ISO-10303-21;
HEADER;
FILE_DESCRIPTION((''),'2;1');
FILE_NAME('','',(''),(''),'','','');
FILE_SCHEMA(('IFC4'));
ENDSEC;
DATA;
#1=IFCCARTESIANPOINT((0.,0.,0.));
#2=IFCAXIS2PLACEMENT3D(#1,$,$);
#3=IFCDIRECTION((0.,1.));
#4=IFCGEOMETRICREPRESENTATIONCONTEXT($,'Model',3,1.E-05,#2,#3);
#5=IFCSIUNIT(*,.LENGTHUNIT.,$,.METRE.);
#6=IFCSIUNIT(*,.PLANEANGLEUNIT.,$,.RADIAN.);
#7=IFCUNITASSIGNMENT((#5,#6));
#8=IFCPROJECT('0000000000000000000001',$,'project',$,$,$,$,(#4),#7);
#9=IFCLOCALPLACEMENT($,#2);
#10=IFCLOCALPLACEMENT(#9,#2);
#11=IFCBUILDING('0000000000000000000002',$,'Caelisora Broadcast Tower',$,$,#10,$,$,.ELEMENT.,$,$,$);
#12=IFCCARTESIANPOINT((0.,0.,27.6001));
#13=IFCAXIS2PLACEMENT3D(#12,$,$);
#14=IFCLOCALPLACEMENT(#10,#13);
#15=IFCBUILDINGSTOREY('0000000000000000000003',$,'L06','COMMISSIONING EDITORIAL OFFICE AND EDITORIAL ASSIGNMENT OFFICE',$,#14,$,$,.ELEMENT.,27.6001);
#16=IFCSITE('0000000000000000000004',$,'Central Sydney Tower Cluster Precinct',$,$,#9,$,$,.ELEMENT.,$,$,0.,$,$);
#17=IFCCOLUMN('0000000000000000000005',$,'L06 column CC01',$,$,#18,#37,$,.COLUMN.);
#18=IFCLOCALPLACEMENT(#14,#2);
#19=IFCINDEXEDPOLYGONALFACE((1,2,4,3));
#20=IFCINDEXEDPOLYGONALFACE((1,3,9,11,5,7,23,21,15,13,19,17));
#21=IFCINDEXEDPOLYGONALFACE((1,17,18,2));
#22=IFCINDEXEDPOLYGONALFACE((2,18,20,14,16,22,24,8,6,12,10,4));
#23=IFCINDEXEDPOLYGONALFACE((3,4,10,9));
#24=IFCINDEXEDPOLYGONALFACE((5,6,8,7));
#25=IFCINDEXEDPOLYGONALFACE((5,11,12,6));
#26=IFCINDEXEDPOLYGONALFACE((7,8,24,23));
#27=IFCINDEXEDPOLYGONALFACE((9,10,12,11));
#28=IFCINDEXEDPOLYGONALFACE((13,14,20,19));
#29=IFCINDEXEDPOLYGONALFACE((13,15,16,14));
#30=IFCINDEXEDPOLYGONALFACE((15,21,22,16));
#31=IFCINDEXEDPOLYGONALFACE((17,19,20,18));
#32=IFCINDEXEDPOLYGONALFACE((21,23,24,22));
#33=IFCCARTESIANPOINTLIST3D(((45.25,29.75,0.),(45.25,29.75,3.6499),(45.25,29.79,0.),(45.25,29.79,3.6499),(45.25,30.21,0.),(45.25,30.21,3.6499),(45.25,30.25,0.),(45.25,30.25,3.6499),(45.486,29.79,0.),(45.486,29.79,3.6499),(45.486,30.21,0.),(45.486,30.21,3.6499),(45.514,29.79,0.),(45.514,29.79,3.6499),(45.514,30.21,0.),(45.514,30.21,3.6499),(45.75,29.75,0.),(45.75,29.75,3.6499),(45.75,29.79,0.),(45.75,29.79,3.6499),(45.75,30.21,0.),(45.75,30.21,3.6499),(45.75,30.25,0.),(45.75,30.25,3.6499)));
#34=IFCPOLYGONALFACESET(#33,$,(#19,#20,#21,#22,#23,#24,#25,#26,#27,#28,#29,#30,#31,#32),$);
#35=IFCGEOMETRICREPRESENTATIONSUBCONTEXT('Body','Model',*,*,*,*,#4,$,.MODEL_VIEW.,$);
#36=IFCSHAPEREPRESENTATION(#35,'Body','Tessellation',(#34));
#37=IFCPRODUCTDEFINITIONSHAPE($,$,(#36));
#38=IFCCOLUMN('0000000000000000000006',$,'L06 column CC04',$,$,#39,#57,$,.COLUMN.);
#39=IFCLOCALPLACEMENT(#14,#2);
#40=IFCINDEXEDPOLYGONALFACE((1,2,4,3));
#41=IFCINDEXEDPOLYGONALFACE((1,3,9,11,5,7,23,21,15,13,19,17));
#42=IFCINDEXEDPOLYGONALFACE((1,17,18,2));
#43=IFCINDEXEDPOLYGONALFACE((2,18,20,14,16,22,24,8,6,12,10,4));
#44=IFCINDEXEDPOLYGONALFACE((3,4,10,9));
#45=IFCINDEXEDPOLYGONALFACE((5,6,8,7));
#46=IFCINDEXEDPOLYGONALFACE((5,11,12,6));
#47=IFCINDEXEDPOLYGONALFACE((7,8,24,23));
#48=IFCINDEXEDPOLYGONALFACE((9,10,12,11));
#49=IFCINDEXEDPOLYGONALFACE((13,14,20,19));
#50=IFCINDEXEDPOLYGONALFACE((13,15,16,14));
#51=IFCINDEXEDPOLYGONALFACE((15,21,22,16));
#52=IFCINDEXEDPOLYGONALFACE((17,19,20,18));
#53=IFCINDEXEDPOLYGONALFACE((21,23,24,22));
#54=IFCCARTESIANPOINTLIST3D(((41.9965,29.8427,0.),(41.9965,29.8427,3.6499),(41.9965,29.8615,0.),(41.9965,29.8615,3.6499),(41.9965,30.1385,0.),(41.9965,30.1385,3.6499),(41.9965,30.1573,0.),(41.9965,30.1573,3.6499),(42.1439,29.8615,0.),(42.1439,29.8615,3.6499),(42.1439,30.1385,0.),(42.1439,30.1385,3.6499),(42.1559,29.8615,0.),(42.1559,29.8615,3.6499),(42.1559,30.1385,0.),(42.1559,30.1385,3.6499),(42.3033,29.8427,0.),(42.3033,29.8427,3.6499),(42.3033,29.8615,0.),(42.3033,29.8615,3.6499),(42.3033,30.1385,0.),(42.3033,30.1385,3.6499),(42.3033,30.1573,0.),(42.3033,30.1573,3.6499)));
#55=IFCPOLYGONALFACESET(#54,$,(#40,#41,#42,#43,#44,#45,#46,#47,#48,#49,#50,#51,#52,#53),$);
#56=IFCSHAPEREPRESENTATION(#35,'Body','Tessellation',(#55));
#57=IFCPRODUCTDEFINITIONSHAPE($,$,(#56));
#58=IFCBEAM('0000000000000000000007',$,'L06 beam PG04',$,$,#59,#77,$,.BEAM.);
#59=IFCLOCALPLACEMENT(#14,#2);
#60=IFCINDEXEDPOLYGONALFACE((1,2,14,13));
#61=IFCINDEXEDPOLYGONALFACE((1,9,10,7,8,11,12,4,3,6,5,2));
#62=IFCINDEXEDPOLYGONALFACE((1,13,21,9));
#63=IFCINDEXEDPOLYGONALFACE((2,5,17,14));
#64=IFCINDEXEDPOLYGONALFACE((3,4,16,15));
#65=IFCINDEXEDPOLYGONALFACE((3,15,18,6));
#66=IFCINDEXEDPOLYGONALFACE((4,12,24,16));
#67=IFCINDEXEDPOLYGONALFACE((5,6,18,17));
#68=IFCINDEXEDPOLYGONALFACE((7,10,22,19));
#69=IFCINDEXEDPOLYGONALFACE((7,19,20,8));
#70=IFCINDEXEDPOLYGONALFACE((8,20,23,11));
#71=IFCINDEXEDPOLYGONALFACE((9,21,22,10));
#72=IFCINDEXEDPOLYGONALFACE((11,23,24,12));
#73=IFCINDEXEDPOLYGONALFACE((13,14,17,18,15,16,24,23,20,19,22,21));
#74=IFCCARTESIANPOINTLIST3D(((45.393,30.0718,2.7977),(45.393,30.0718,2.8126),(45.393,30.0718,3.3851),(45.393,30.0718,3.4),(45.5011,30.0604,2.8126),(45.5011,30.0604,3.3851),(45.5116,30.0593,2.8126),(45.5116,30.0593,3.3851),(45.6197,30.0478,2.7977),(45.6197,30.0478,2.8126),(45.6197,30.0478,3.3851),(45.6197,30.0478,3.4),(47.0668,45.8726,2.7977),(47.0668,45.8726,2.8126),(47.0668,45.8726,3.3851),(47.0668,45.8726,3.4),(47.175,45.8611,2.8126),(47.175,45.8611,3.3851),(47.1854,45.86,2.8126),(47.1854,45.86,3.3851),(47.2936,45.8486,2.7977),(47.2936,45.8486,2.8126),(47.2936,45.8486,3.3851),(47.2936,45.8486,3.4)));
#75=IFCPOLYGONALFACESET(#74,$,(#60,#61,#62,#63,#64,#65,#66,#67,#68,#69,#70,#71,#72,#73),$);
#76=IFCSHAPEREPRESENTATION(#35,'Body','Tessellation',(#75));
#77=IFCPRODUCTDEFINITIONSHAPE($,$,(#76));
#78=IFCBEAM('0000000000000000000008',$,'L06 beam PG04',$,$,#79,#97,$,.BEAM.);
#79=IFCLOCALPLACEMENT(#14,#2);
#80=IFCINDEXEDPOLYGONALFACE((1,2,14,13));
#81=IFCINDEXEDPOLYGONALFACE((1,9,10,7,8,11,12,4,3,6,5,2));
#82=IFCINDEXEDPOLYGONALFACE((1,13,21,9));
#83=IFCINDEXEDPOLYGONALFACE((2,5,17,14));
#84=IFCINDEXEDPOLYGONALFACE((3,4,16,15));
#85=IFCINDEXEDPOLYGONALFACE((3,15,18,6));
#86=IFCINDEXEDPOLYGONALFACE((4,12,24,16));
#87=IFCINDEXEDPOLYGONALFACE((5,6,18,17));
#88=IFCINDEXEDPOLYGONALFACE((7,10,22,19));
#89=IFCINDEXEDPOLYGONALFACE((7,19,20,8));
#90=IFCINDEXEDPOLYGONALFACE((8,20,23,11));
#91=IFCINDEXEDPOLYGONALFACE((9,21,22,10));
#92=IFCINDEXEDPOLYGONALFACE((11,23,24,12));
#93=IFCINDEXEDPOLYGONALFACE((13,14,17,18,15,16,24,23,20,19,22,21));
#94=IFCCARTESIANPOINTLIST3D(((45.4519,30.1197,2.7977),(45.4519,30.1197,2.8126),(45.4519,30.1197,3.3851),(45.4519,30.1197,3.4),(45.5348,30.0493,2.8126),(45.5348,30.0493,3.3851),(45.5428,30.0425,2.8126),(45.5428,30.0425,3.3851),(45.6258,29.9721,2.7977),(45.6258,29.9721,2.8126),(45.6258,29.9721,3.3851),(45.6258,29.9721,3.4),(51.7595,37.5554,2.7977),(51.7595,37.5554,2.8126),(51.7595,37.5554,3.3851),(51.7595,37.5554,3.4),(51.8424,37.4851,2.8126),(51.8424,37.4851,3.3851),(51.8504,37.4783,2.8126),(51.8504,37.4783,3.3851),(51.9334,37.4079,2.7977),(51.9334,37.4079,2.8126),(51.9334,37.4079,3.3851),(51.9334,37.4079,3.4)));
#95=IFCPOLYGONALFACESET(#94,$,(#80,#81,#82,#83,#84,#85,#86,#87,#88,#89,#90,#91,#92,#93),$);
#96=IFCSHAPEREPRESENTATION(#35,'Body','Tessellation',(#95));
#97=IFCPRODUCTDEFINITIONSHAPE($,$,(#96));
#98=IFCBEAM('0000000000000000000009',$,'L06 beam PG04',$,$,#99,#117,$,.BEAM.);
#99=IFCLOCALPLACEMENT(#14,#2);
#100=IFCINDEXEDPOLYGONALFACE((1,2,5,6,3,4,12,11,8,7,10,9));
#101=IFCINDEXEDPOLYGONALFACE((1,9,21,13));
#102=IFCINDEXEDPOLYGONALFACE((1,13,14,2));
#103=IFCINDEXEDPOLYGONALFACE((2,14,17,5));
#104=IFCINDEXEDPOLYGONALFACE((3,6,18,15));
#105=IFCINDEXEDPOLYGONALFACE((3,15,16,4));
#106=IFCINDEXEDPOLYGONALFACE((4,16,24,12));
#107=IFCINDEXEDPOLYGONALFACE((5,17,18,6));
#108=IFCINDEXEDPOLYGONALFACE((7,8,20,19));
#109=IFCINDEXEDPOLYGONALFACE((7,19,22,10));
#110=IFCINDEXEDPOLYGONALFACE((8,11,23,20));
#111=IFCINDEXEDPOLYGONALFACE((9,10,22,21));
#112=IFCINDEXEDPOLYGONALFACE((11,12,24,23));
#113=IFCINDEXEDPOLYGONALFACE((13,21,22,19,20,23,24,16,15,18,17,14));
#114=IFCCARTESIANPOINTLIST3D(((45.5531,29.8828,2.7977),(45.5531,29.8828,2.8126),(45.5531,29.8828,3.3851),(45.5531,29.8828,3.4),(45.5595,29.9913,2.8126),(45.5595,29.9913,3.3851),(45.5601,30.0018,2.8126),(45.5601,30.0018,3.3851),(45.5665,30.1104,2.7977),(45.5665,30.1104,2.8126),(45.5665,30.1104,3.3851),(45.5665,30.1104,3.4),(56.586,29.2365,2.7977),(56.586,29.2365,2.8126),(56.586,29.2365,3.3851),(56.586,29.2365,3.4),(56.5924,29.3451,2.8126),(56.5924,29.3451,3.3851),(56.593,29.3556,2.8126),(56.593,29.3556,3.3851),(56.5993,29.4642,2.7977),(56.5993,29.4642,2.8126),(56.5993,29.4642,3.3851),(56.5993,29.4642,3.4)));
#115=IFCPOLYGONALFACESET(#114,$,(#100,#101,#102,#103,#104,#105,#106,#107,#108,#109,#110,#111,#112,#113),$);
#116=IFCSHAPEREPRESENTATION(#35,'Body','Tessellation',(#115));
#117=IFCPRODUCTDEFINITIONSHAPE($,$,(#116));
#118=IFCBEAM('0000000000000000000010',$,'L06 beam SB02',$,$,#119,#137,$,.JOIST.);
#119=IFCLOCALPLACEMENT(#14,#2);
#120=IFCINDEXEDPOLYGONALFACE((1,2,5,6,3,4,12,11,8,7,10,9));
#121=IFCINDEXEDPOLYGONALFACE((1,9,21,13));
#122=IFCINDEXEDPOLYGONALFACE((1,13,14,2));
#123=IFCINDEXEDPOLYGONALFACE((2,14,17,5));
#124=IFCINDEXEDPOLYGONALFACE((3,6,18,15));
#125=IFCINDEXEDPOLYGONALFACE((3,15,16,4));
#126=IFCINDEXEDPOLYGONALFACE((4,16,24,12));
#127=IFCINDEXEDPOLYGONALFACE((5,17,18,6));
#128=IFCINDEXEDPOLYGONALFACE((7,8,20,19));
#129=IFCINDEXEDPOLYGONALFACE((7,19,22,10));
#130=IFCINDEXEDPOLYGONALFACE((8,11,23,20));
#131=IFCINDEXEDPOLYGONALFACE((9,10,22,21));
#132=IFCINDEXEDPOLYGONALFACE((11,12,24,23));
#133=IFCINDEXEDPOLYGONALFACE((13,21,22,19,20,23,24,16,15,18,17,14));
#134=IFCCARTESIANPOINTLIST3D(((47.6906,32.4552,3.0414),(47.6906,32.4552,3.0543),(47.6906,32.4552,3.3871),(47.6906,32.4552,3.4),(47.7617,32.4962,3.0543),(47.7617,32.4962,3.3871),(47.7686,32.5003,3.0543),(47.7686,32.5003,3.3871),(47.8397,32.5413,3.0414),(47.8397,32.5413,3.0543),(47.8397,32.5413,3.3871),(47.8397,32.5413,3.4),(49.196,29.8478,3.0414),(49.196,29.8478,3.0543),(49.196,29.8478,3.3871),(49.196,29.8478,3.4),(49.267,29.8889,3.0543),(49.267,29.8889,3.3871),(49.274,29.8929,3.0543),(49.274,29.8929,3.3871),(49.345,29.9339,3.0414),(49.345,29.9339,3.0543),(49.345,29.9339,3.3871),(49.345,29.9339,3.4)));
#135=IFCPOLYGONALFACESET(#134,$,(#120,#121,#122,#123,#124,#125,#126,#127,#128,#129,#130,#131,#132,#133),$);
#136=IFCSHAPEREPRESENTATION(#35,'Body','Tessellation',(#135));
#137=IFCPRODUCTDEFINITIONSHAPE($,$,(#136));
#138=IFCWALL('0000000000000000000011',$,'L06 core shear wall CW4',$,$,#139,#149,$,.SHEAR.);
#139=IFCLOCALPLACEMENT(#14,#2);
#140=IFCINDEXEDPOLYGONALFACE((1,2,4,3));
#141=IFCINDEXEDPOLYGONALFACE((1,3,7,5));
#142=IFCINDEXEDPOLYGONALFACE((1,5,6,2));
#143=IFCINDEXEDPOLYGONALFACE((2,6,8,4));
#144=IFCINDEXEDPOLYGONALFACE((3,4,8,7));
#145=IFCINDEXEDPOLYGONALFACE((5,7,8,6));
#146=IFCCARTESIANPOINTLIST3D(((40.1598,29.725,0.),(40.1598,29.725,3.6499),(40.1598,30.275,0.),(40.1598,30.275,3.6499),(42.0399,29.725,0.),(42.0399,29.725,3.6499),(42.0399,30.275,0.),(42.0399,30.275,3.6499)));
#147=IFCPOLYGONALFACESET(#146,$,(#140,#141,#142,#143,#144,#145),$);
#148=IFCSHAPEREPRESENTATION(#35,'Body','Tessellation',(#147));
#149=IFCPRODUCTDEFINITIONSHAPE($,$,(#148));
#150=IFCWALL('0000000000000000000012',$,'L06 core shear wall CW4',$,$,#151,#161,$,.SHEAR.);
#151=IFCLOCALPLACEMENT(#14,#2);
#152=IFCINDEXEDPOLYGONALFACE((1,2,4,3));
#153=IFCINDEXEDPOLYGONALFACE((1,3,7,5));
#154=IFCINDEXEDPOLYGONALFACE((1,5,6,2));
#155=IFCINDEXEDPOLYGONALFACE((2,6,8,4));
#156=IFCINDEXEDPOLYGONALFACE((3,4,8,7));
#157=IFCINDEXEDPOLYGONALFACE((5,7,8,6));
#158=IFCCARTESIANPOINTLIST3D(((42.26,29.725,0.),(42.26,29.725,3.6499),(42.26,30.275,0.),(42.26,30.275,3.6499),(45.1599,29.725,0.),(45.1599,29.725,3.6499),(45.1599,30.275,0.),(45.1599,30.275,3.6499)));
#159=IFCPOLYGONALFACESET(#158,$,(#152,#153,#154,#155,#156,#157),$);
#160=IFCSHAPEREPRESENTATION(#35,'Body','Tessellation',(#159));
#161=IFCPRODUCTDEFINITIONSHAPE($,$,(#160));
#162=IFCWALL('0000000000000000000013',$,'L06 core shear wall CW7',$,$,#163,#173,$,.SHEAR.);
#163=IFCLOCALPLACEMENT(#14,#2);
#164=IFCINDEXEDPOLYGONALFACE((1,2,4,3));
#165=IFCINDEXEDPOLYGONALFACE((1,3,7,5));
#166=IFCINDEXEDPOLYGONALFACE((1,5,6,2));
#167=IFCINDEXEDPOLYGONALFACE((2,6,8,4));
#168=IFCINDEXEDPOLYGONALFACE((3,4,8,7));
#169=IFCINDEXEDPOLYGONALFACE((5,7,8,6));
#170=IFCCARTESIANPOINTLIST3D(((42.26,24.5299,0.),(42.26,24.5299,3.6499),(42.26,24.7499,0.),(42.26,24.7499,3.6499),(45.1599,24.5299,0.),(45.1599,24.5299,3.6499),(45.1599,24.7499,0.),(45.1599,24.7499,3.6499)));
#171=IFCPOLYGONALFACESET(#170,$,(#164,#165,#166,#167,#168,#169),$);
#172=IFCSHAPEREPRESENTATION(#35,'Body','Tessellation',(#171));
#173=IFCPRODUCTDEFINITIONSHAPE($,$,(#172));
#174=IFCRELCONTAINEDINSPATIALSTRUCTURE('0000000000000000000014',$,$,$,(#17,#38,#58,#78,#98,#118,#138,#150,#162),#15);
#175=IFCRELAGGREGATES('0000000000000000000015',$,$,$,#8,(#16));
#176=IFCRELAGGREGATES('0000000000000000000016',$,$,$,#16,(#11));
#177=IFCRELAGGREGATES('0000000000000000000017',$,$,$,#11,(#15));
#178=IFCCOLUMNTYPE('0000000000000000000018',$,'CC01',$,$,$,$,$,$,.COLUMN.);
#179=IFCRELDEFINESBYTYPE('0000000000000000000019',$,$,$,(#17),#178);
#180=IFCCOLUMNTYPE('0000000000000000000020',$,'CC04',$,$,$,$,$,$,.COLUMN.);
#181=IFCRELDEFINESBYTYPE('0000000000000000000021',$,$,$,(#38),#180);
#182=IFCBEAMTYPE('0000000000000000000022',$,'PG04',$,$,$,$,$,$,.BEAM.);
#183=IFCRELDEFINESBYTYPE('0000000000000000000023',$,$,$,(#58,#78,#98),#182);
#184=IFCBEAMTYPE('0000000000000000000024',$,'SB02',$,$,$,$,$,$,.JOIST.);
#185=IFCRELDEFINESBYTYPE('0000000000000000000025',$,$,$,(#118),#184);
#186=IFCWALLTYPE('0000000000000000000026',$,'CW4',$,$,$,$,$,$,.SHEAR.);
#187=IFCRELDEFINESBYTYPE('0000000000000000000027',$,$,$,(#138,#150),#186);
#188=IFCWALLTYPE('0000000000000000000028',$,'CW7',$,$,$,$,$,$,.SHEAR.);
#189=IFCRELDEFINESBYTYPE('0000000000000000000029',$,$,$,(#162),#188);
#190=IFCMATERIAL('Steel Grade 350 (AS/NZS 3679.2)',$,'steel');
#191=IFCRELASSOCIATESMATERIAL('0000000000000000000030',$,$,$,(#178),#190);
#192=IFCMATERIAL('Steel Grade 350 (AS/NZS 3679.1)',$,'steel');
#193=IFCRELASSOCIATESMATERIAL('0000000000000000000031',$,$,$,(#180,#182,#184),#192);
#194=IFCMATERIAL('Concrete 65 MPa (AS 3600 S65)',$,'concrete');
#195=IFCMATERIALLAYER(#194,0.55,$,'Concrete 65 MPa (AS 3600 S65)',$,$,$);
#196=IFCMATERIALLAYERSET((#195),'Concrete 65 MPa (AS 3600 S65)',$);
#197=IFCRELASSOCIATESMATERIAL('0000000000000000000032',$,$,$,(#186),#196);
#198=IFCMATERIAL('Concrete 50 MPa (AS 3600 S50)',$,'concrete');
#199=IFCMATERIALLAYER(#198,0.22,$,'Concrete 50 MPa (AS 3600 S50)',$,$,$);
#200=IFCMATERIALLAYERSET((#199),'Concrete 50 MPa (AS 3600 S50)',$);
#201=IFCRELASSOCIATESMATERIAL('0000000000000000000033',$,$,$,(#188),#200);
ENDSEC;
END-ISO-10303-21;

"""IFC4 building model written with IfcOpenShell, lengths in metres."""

from ifc_helpers import new_model, si_unit, direction, frame, frame_2d, origin, origin_2d, place, context, subcontext, project, spatial, rectangle, i_section, extrude, source, transform, mapped, material, layer, layer_set, material_profile, profile_set, type_object, type_shapes, element, save


model = new_model("IFC4")

# Units and contexts
model_context = context("Model", 3, precision=1e-05, world=origin(), true_north=direction((0.0, 1.0)))
body_context = subcontext(model_context, "Body", "Model", "MODEL_VIEW")
ifc_project = project(units=[si_unit("LENGTHUNIT", "METRE"), si_unit("PLANEANGLEUNIT", "RADIAN")], contexts=[model_context])

# Site, building, storey
site_placement = place(None, origin())
site = spatial("IfcSite", under=ifc_project, at=site_placement, Name="Central Sydney Tower Cluster Precinct", CompositionType="ELEMENT", RefElevation=0.0)
building_placement = place(site_placement, origin())
building = spatial("IfcBuilding", under=site, at=building_placement, Name="Caelisora Broadcast Tower", CompositionType="ELEMENT")
storey_placement = place(building_placement, frame((0.0, 0.0, 27.6001)))
storey = spatial("IfcBuildingStorey", under=building, at=storey_placement, Name="L06", Description="COMMISSIONING EDITORIAL OFFICE AND EDITORIAL ASSIGNMENT OFFICE", CompositionType="ELEMENT", Elevation=27.6001)

# Columns
ifc_material_1 = material(Name="Steel Grade 350 (AS/NZS 3679.2)", Category="steel")
ifc_material_profile_1 = material_profile(ifc_material_1, i_section(OverallWidth=0.5, OverallDepth=0.5, WebThickness=0.0281, FlangeThickness=0.04, at=origin_2d()), Name="Steel Grade 350 (AS/NZS 3679.2)")
ifc_profile_set_1 = profile_set([ifc_material_profile_1], Name="Steel Grade 350 (AS/NZS 3679.2)")
column_type_1 = type_object("IfcColumnType", Name="CC01", PredefinedType="COLUMN", material=ifc_profile_set_1)
shared_shape_1 = source(origin(), body_context, "Body", "SweptSolid", [
    extrude(i_section(OverallWidth=0.5, OverallDepth=0.5, WebThickness=0.0281, FlangeThickness=0.04, at=origin_2d()), origin(), (0.0, 0.0, 1.0), 3.6499),
])
type_shapes(column_type_1, [shared_shape_1])
column_1_placement = place(storey_placement, frame((45.5, 30.0, 0.0), z_axis=(0.0, 0.0, 1.0), x_axis=(1.0, 0.0, 0.0)))
element("IfcColumn", 1, at=column_1_placement, inside=storey, type_object=column_type_1, Name="L06 column CC01", PredefinedType="COLUMN", context=body_context, shape_type="MappedRepresentation", body=[
    mapped(shared_shape_1, transform((0.0, 0.0, 0.0), scale=1.0)),
])
ifc_material_2 = material(Name="Steel Grade 350 (AS/NZS 3679.1)", Category="steel")
ifc_material_profile_2 = material_profile(ifc_material_2, i_section(OverallWidth=0.3069, OverallDepth=0.3147, WebThickness=0.012, FlangeThickness=0.0188, at=origin_2d()), Name="Steel Grade 350 (AS/NZS 3679.1)")
ifc_profile_set_2 = profile_set([ifc_material_profile_2], Name="Steel Grade 350 (AS/NZS 3679.1)")
column_type_2 = type_object("IfcColumnType", Name="CC04", PredefinedType="COLUMN", material=ifc_profile_set_2)
shared_shape_2 = source(origin(), body_context, "Body", "SweptSolid", [
    extrude(i_section(OverallWidth=0.3069, OverallDepth=0.3147, WebThickness=0.012, FlangeThickness=0.0188, at=origin_2d()), origin(), (0.0, 0.0, 1.0), 3.6499),
])
type_shapes(column_type_2, [shared_shape_2])
column_2_placement = place(storey_placement, frame((42.1499, 30.0, 0.0), z_axis=(0.0, 0.0, 1.0), x_axis=(1.0, 0.0, 0.0)))
element("IfcColumn", 2, at=column_2_placement, inside=storey, type_object=column_type_2, Name="L06 column CC04", PredefinedType="COLUMN", context=body_context, shape_type="MappedRepresentation", body=[
    mapped(shared_shape_2, transform((0.0, 0.0, 0.0), scale=1.0)),
])

# Beams
ifc_material_profile_3 = material_profile(ifc_material_2, i_section(OverallWidth=0.228, OverallDepth=0.6023, WebThickness=0.0105, FlangeThickness=0.0149, at=origin_2d()), Name="Steel Grade 350 (AS/NZS 3679.1)")
ifc_profile_set_3 = profile_set([ifc_material_profile_3], Name="Steel Grade 350 (AS/NZS 3679.1)")
beam_type_1 = type_object("IfcBeamType", Name="PG04", PredefinedType="BEAM", material=ifc_profile_set_3)
shared_shape_3 = source(origin(), body_context, "Body", "SweptSolid", [
    extrude(i_section(OverallWidth=0.228, OverallDepth=0.6023, WebThickness=0.0105, FlangeThickness=0.0149, at=origin_2d()), origin(), (0.0, 0.0, 1.0), 15.8892),
])
beam_1_placement = place(storey_placement, frame((45.5063, 30.0598, 3.0989), z_axis=(0.105344, 0.994436, 0.0), x_axis=(-0.994436, 0.105344, 0.0)))
element("IfcBeam", 3, at=beam_1_placement, inside=storey, type_object=beam_type_1, Name="L06 beam PG04", PredefinedType="BEAM", context=body_context, shape_type="MappedRepresentation", body=[
    mapped(shared_shape_3, transform((0.0, 0.0, 0.0), scale=1.0)),
])
shared_shape_4 = source(origin(), body_context, "Body", "SweptSolid", [
    extrude(i_section(OverallWidth=0.228, OverallDepth=0.6023, WebThickness=0.0105, FlangeThickness=0.0149, at=origin_2d()), origin(), (0.0, 0.0, 1.0), 9.7507),
])
beam_2_placement = place(storey_placement, frame((45.5388, 30.0459, 3.0989), z_axis=(0.646886, 0.762587, 0.0), x_axis=(-0.762587, 0.646886, 0.0)))
element("IfcBeam", 4, at=beam_2_placement, inside=storey, type_object=beam_type_1, Name="L06 beam PG04", PredefinedType="BEAM", context=body_context, shape_type="MappedRepresentation", body=[
    mapped(shared_shape_4, transform((0.0, 0.0, 0.0), scale=1.0)),
])
shared_shape_5 = source(origin(), body_context, "Body", "SweptSolid", [
    extrude(i_section(OverallWidth=0.228, OverallDepth=0.6023, WebThickness=0.0105, FlangeThickness=0.0149, at=origin_2d()), origin(), (0.0, 0.0, 1.0), 11.0518),
])
type_shapes(beam_type_1, [shared_shape_3, shared_shape_4, shared_shape_5])
beam_3_placement = place(storey_placement, frame((45.5598, 29.9966, 3.0989), z_axis=(0.998289, -0.058473, 0.0), x_axis=(0.058473, 0.998289, 0.0)))
element("IfcBeam", 5, at=beam_3_placement, inside=storey, type_object=beam_type_1, Name="L06 beam PG04", PredefinedType="BEAM", context=body_context, shape_type="MappedRepresentation", body=[
    mapped(shared_shape_5, transform((0.0, 0.0, 0.0), scale=1.0)),
])
ifc_material_profile_4 = material_profile(ifc_material_2, i_section(OverallWidth=0.1721, OverallDepth=0.3586, WebThickness=0.0081, FlangeThickness=0.0129, at=origin_2d()), Name="Steel Grade 350 (AS/NZS 3679.1)")
ifc_profile_set_4 = profile_set([ifc_material_profile_4], Name="Steel Grade 350 (AS/NZS 3679.1)")
beam_type_2 = type_object("IfcBeamType", Name="SB02", PredefinedType="JOIST", material=ifc_profile_set_4)
shared_shape_6 = source(origin(), body_context, "Body", "SweptSolid", [
    extrude(i_section(OverallWidth=0.1721, OverallDepth=0.3586, WebThickness=0.0081, FlangeThickness=0.0129, at=origin_2d()), origin(), (0.0, 0.0, 1.0), 3.0107),
])
type_shapes(beam_type_2, [shared_shape_6])
beam_4_placement = place(storey_placement, frame((49.2705, 29.8909, 3.2207), z_axis=(-0.499994, 0.866029, 0.0), x_axis=(-0.866029, -0.499994, 0.0)))
element("IfcBeam", 6, at=beam_4_placement, inside=storey, type_object=beam_type_2, Name="L06 beam SB02", PredefinedType="JOIST", context=body_context, shape_type="MappedRepresentation", body=[
    mapped(shared_shape_6, transform((0.0, 0.0, 0.0), scale=1.0)),
])

# Walls
ifc_material_3 = material(Name="Concrete 65 MPa (AS 3600 S65)", Category="concrete")
ifc_layer_1 = layer(ifc_material_3, 0.55, Name="Concrete 65 MPa (AS 3600 S65)")
ifc_layer_set_1 = layer_set([ifc_layer_1], Name="Concrete 65 MPa (AS 3600 S65)")
wall_type_1 = type_object("IfcWallType", Name="CW4", PredefinedType="SHEAR", material=ifc_layer_set_1)
wall_1_placement = place(storey_placement, frame((40.1599, 30.0, 0.0), z_axis=(0.0, 0.0, 1.0), x_axis=(1.0, 0.0, 0.0)))
element("IfcWall", 7, at=wall_1_placement, inside=storey, type_object=wall_type_1, Name="L06 core shear wall CW4", PredefinedType="SHEAR", context=body_context, shape_type="SweptSolid", body=[
    extrude(rectangle(XDim=1.8801, YDim=0.55, at=frame_2d((0.9399, 0.0))), origin(), (0.0, 0.0, 1.0), 3.6499),
])
wall_2_placement = place(storey_placement, frame((42.26, 30.0, 0.0), z_axis=(0.0, 0.0, 1.0), x_axis=(1.0, 0.0, 0.0)))
element("IfcWall", 8, at=wall_2_placement, inside=storey, type_object=wall_type_1, Name="L06 core shear wall CW4", PredefinedType="SHEAR", context=body_context, shape_type="SweptSolid", body=[
    extrude(rectangle(XDim=2.8999, YDim=0.55, at=frame_2d((1.45, 0.0))), origin(), (0.0, 0.0, 1.0), 3.6499),
])
ifc_material_4 = material(Name="Concrete 50 MPa (AS 3600 S50)", Category="concrete")
ifc_layer_2 = layer(ifc_material_4, 0.22, Name="Concrete 50 MPa (AS 3600 S50)")
ifc_layer_set_2 = layer_set([ifc_layer_2], Name="Concrete 50 MPa (AS 3600 S50)")
wall_type_2 = type_object("IfcWallType", Name="CW7", PredefinedType="SHEAR", material=ifc_layer_set_2)
wall_3_placement = place(storey_placement, frame((42.26, 24.6399, 0.0), z_axis=(0.0, 0.0, 1.0), x_axis=(1.0, 0.0, 0.0)))
element("IfcWall", 9, at=wall_3_placement, inside=storey, type_object=wall_type_2, Name="L06 core shear wall CW7", PredefinedType="SHEAR", context=body_context, shape_type="SweptSolid", body=[
    extrude(rectangle(XDim=2.8999, YDim=0.22, at=frame_2d((1.45, 0.0))), origin(), (0.0, 0.0, 1.0), 3.6499),
])

save(model, "model.ifc")
